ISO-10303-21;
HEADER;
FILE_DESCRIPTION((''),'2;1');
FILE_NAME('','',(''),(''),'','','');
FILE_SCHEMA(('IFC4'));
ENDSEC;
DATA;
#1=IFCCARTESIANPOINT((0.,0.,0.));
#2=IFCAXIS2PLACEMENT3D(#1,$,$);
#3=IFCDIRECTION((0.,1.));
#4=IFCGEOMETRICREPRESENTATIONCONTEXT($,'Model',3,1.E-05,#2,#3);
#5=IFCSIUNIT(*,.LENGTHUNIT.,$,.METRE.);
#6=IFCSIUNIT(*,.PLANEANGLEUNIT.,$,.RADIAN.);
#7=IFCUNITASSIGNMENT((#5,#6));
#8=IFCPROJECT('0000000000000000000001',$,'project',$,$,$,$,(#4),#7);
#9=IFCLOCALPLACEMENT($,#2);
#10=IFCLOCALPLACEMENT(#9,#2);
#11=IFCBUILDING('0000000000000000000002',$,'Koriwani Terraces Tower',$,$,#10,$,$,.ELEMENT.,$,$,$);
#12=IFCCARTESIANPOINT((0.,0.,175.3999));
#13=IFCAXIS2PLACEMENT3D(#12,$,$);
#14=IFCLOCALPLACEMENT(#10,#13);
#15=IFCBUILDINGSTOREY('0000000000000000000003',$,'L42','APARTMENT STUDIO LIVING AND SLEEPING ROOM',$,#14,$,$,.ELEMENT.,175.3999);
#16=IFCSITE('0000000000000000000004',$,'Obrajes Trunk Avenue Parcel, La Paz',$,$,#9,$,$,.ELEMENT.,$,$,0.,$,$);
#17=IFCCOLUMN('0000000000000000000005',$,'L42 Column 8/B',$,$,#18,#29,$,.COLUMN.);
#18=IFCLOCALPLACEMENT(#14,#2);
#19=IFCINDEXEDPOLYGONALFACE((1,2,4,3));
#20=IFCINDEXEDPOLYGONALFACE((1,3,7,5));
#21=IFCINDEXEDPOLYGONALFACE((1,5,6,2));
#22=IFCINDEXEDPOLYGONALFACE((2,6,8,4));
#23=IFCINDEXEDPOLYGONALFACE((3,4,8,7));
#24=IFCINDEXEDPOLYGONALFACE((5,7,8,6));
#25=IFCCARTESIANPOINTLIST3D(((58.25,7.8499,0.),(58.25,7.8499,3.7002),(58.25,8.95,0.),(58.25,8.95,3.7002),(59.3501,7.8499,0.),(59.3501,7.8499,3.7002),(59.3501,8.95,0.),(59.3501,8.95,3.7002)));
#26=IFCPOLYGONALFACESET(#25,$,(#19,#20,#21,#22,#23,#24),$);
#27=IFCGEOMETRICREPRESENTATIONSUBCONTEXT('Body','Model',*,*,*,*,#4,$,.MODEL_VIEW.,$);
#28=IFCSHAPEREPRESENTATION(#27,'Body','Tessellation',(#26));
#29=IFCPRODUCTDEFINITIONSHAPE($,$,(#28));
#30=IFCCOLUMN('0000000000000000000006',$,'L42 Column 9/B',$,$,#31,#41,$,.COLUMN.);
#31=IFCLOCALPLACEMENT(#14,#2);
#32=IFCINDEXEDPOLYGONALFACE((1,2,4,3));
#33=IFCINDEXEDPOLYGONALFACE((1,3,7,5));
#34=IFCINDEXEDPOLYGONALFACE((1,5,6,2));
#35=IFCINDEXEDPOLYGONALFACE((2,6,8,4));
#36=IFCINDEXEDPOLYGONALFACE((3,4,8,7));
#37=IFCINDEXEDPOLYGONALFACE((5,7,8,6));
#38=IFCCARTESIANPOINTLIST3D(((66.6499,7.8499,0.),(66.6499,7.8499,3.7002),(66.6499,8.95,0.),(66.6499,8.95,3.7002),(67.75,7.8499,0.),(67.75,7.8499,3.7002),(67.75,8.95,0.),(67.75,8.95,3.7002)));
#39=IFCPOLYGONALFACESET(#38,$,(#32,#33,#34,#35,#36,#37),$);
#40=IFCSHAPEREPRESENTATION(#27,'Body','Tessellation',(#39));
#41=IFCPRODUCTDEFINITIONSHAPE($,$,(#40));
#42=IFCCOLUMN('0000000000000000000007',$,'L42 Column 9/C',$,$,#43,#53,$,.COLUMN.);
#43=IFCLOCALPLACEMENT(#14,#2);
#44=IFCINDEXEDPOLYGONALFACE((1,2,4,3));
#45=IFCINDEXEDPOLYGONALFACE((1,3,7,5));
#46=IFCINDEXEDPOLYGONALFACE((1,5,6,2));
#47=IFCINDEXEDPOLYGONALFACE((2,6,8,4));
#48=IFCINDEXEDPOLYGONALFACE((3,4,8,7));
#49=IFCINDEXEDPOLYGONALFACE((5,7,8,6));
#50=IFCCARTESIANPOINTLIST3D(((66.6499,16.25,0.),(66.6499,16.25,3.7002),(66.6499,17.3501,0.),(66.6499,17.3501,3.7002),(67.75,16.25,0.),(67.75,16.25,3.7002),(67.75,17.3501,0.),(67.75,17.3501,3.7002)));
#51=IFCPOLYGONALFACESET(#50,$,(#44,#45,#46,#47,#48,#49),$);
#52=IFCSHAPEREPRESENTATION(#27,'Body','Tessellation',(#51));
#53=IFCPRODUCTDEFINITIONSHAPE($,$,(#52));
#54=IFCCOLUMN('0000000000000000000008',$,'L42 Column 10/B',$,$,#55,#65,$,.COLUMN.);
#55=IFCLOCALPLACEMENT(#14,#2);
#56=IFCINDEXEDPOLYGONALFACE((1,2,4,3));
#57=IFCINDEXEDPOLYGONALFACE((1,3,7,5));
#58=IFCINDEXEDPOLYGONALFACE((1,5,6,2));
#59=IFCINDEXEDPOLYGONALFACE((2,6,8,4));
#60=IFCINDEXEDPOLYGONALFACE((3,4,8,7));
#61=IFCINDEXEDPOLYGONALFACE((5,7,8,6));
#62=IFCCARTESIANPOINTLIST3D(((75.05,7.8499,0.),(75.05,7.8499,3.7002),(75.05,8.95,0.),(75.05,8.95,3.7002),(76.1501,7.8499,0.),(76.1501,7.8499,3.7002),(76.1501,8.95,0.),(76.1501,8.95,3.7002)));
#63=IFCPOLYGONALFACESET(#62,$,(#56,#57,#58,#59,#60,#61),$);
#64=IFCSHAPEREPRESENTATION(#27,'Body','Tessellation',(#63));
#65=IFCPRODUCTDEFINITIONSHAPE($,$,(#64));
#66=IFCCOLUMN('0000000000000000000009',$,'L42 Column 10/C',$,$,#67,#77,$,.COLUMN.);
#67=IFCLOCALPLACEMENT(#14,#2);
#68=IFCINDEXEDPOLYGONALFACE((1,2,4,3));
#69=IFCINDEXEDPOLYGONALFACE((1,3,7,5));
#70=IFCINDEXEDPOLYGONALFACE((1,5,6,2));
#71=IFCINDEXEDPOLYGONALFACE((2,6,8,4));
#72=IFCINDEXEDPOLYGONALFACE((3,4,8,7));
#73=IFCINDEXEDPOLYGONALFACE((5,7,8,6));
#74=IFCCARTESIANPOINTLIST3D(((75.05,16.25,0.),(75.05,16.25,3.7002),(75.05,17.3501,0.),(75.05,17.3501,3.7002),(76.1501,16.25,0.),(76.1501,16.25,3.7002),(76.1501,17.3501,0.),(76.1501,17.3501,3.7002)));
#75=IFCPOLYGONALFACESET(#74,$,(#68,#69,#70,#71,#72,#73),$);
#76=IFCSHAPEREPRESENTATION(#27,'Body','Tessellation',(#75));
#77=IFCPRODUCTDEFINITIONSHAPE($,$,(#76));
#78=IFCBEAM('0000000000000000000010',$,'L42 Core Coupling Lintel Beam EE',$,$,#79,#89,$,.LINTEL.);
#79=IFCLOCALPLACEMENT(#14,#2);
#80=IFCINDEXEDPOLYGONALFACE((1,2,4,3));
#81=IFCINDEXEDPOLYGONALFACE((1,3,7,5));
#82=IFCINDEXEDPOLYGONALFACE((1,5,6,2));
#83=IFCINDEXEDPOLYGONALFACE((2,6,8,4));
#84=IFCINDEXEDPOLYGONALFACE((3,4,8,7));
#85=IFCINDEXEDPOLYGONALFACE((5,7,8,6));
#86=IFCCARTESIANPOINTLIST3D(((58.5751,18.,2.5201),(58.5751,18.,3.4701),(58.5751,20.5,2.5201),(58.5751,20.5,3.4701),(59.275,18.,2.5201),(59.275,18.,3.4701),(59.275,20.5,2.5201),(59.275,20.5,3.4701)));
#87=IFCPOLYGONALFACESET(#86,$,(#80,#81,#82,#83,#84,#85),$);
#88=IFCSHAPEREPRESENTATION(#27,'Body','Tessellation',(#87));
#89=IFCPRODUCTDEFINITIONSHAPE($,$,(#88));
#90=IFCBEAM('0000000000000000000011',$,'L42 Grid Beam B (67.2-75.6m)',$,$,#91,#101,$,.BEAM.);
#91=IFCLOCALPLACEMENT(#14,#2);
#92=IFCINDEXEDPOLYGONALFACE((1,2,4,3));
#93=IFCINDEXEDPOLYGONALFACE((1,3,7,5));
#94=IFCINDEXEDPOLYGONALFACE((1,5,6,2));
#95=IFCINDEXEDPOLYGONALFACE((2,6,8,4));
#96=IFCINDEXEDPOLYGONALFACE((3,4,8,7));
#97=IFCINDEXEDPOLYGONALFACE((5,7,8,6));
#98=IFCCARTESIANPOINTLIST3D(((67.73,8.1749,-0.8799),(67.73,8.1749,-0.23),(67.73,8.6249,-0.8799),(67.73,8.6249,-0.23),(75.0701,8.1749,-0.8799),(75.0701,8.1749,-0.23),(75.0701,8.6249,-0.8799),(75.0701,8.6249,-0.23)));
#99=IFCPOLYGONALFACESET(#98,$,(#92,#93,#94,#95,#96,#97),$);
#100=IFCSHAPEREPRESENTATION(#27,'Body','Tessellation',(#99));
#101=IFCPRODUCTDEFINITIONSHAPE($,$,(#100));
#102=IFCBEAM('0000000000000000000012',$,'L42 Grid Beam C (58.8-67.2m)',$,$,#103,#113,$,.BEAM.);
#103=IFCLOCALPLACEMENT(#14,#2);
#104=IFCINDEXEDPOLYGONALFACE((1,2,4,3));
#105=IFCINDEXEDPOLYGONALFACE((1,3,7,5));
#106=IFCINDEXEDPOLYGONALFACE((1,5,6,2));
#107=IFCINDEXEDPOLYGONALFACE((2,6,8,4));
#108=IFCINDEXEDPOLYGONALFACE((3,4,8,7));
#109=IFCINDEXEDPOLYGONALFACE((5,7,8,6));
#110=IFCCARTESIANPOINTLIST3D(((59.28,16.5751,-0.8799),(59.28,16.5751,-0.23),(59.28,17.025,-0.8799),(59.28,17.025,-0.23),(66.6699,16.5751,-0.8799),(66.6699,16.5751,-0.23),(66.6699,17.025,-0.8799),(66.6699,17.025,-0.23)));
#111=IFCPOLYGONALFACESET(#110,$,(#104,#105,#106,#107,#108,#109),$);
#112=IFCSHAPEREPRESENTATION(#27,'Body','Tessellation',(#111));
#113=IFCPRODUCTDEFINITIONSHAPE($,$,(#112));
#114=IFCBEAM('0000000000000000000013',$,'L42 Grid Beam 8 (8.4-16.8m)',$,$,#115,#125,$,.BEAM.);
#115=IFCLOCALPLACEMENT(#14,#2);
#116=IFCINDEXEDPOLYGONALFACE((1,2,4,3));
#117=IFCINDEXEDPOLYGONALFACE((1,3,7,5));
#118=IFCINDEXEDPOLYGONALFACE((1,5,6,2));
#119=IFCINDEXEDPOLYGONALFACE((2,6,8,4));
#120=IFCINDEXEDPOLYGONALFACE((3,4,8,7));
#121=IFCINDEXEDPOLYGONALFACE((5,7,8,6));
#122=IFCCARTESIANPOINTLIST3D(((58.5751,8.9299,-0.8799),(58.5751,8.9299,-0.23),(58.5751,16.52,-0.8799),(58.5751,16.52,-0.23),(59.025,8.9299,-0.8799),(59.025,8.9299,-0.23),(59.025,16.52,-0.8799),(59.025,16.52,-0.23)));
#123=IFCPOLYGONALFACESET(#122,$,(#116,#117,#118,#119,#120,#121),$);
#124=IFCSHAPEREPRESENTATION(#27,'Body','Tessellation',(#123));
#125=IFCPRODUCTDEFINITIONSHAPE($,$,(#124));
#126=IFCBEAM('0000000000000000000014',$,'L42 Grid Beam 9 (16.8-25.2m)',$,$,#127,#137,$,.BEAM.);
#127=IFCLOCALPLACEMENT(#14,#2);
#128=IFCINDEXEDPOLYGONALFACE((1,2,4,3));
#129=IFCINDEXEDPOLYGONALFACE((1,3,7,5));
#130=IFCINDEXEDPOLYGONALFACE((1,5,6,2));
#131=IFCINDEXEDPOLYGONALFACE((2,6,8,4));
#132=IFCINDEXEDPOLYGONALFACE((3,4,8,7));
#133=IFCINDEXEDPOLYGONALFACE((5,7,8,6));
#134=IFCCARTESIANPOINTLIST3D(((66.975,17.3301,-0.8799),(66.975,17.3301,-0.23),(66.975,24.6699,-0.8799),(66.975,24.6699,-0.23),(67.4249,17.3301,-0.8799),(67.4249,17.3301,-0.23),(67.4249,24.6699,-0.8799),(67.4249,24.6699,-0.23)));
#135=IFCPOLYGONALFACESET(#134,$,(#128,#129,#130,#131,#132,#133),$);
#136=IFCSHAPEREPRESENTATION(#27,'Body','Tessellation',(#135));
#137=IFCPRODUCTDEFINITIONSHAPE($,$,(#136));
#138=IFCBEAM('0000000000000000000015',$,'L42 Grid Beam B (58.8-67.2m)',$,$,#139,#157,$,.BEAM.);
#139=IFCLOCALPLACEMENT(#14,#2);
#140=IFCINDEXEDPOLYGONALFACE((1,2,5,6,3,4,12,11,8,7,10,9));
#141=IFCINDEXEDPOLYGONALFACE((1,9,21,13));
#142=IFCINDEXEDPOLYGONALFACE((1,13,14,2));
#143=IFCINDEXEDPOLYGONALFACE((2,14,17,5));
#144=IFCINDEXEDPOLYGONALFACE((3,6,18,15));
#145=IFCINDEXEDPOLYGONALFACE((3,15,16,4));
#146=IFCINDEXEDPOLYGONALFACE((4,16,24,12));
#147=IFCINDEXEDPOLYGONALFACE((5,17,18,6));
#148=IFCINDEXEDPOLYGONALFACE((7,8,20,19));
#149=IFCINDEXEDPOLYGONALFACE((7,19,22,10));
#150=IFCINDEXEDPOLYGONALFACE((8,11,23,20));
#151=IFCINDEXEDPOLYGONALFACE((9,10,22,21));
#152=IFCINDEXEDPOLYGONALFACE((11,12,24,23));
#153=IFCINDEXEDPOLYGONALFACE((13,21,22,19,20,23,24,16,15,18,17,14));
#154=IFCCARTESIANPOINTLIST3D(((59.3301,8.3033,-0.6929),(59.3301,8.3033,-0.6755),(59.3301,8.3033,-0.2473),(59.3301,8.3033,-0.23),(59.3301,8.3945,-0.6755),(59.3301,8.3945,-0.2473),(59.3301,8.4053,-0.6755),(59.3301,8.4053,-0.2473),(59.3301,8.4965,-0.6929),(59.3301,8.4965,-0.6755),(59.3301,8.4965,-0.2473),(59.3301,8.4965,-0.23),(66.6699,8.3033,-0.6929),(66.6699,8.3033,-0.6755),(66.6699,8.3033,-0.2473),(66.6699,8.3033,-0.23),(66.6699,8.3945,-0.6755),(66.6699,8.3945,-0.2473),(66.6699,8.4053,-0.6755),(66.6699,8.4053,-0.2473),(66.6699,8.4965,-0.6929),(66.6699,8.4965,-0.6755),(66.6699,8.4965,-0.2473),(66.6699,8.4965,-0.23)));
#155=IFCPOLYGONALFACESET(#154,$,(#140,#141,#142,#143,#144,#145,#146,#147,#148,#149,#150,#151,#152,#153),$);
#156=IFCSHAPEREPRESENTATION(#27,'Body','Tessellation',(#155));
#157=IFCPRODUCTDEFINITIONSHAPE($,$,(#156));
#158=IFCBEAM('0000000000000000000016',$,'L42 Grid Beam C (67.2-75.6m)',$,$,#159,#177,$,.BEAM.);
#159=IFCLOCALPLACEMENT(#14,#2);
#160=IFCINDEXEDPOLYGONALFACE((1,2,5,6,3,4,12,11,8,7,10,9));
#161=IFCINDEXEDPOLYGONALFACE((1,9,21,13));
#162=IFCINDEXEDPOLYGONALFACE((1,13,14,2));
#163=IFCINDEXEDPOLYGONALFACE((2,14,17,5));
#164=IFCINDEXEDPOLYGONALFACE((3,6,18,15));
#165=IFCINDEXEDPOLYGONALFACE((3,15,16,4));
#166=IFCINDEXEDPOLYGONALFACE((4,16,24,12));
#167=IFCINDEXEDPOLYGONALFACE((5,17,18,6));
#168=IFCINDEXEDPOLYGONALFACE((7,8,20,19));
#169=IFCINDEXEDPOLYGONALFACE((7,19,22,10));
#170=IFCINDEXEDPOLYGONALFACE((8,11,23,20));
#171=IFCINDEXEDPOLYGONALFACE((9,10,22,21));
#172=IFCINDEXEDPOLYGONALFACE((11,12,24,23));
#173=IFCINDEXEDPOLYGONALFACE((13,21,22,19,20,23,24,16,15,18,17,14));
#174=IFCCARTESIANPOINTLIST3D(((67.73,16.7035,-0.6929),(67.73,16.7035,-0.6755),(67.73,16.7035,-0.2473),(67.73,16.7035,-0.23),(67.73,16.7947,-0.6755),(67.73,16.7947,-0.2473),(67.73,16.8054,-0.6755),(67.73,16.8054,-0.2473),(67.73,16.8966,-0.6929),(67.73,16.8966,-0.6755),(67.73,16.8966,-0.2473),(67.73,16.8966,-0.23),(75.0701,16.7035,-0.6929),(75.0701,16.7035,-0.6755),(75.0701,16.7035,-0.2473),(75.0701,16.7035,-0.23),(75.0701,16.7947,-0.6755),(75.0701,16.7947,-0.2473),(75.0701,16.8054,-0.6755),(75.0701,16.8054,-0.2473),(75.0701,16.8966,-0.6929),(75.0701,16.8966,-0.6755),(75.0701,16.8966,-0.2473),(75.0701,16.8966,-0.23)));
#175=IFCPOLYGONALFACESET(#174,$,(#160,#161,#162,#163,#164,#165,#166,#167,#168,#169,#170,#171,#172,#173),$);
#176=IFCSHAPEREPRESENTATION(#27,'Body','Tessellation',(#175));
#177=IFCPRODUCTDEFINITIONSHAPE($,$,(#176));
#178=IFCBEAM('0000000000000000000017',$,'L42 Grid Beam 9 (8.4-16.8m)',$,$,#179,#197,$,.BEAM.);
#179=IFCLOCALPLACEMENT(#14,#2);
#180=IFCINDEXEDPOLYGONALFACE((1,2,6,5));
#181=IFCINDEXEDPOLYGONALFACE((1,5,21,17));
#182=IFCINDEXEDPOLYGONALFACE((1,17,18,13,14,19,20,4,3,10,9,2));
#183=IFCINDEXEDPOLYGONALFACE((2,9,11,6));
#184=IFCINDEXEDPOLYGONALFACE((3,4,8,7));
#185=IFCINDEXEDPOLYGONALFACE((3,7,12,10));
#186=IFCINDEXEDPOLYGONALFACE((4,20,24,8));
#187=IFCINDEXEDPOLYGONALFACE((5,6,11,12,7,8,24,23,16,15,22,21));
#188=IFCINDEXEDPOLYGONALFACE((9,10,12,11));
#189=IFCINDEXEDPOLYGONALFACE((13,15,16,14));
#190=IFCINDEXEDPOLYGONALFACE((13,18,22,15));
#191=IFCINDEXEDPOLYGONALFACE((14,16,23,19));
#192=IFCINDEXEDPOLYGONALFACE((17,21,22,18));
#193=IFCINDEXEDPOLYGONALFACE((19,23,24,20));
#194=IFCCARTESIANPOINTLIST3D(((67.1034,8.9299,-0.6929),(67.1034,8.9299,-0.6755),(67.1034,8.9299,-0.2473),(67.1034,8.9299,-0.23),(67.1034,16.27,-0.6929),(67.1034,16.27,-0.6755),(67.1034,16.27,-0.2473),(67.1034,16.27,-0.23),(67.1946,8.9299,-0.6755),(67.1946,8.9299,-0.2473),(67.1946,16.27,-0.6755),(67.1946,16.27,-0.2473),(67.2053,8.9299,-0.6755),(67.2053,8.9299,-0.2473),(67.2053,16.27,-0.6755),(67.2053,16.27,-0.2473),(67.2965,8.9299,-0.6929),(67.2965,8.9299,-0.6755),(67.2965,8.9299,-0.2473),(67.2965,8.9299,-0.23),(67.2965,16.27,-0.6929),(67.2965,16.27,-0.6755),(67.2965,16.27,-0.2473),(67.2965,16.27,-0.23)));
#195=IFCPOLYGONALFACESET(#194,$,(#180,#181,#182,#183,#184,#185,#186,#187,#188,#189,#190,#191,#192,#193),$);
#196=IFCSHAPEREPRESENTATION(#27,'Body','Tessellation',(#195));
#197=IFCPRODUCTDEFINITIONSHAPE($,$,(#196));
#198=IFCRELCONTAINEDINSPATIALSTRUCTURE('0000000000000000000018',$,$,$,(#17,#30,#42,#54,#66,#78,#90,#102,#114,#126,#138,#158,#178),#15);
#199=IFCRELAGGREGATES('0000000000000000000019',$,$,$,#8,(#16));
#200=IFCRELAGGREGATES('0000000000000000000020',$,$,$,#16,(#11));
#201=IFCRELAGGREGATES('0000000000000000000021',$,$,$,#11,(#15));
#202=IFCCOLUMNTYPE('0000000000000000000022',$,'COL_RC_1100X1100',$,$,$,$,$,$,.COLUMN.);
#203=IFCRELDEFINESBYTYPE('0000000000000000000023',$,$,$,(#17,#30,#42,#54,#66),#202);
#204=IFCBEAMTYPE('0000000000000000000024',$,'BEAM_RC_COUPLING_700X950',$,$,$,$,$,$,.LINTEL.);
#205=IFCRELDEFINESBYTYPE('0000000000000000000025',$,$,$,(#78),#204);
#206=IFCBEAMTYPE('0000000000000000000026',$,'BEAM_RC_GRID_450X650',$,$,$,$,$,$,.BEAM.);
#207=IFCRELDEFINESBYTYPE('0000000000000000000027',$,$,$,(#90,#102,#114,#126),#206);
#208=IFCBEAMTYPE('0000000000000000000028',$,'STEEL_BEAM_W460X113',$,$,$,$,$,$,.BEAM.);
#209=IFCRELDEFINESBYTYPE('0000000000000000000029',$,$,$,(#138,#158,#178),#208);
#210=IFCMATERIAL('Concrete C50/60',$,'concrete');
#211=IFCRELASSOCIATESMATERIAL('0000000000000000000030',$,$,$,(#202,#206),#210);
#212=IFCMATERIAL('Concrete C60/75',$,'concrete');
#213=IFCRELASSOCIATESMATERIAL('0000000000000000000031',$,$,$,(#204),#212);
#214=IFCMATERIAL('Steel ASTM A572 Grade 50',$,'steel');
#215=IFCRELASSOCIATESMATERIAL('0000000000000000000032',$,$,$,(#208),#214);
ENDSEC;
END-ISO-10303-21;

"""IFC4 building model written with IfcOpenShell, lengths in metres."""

from ifc_helpers import new_model, si_unit, direction, frame, origin, origin_2d, place, context, subcontext, project, spatial, rectangle, i_section, extrude, material, material_profile, profile_set, type_object, element, save


model = new_model("IFC4")

# Units and contexts
model_context = context("Model", 3, precision=1e-05, world=origin(), true_north=direction((0.0, 1.0)))
body_context = subcontext(model_context, "Body", "Model", "MODEL_VIEW")
ifc_project = project(units=[si_unit("LENGTHUNIT", "METRE"), si_unit("PLANEANGLEUNIT", "RADIAN")], contexts=[model_context])

# Site, building, storey
site_placement = place(None, origin())
site = spatial("IfcSite", under=ifc_project, at=site_placement, Name="Obrajes Trunk Avenue Parcel, La Paz", CompositionType="ELEMENT", RefElevation=0.0)
building_placement = place(site_placement, origin())
building = spatial("IfcBuilding", under=site, at=building_placement, Name="Koriwani Terraces Tower", CompositionType="ELEMENT")
storey_placement = place(building_placement, frame((0.0, 0.0, 175.3999)))
storey = spatial("IfcBuildingStorey", under=building, at=storey_placement, Name="L42", Description="APARTMENT STUDIO LIVING AND SLEEPING ROOM", CompositionType="ELEMENT", Elevation=175.3999)

# Columns
ifc_material_1 = material(Name="Concrete C50/60", Category="concrete")
ifc_material_profile_1 = material_profile(ifc_material_1, rectangle(XDim=1.1001, YDim=1.1001, at=origin_2d()), Name="Concrete C50/60", Category="LoadBearing")
ifc_profile_set_1 = profile_set([ifc_material_profile_1], Name="Concrete C50/60")
column_type = type_object("IfcColumnType", Name="COL_RC_1100X1100", PredefinedType="COLUMN", material=ifc_profile_set_1)
for number, where, z_axis, x_axis, name in (
    (1, (58.8, 8.3999, 0.0), (0.0, 0.0, 1.0), (1.0, 0.0, 0.0), "L42 Column 8/B"),
    (2, (67.2, 8.3999, 0.0), (0.0, 0.0, 1.0), (1.0, 0.0, 0.0), "L42 Column 9/B"),
    (3, (67.2, 16.8, 0.0), (0.0, 0.0, 1.0), (1.0, 0.0, 0.0), "L42 Column 9/C"),
    (4, (75.6001, 8.3999, 0.0), (0.0, 0.0, 1.0), (1.0, 0.0, 0.0), "L42 Column 10/B"),
    (5, (75.6001, 16.8, 0.0), (0.0, 0.0, 1.0), (1.0, 0.0, 0.0), "L42 Column 10/C"),
):
    element("IfcColumn", number, at=place(storey_placement, frame(where, z_axis=z_axis, x_axis=x_axis)), inside=storey, type_object=column_type, Name=name, PredefinedType="COLUMN", context=body_context, shape_type="SweptSolid", body=[
        extrude(rectangle(XDim=1.1001, YDim=1.1001, at=origin_2d()), origin(), (0.0, 0.0, 1.0), 3.7002),
    ])

# Beams
ifc_material_2 = material(Name="Concrete C60/75", Category="concrete")
ifc_material_profile_2 = material_profile(ifc_material_2, rectangle(XDim=0.7, YDim=0.95, at=origin_2d()), Name="Concrete C60/75", Category="LoadBearing")
ifc_profile_set_2 = profile_set([ifc_material_profile_2], Name="Concrete C60/75")
beam_type_1 = type_object("IfcBeamType", Name="BEAM_RC_COUPLING_700X950", PredefinedType="LINTEL", material=ifc_profile_set_2)
beam_1_placement = place(storey_placement, frame((58.925, 18.0, 2.9951), z_axis=(0.0, 1.0, 0.0), x_axis=(-1.0, 0.0, 0.0)))
element("IfcBeam", 6, at=beam_1_placement, inside=storey, type_object=beam_type_1, Name="L42 Core Coupling Lintel Beam EE", PredefinedType="LINTEL", context=body_context, shape_type="SweptSolid", body=[
    extrude(rectangle(XDim=0.7, YDim=0.95, at=origin_2d()), origin(), (0.0, 0.0, 1.0), 2.5),
])
ifc_material_profile_3 = material_profile(ifc_material_1, rectangle(XDim=0.45, YDim=0.6499, at=origin_2d()), Name="Concrete C50/60", Category="LoadBearing")
ifc_profile_set_3 = profile_set([ifc_material_profile_3], Name="Concrete C50/60")
beam_type_2 = type_object("IfcBeamType", Name="BEAM_RC_GRID_450X650", PredefinedType="BEAM", material=ifc_profile_set_3)
beam_2_placement = place(storey_placement, frame((67.73, 8.3999, -0.5549), z_axis=(1.0, 0.0, 0.0), x_axis=(0.0, 1.0, 0.0)))
element("IfcBeam", 7, at=beam_2_placement, inside=storey, type_object=beam_type_2, Name="L42 Grid Beam B (67.2-75.6m)", PredefinedType="BEAM", context=body_context, shape_type="SweptSolid", body=[
    extrude(rectangle(XDim=0.45, YDim=0.6499, at=origin_2d()), origin(), (0.0, 0.0, 1.0), 7.3401),
])
beam_3_placement = place(storey_placement, frame((59.28, 16.8, -0.5549), z_axis=(1.0, 0.0, 0.0), x_axis=(0.0, 1.0, 0.0)))
element("IfcBeam", 8, at=beam_3_placement, inside=storey, type_object=beam_type_2, Name="L42 Grid Beam C (58.8-67.2m)", PredefinedType="BEAM", context=body_context, shape_type="SweptSolid", body=[
    extrude(rectangle(XDim=0.45, YDim=0.6499, at=origin_2d()), origin(), (0.0, 0.0, 1.0), 7.3899),
])
beam_4_placement = place(storey_placement, frame((58.8, 8.9299, -0.5549), z_axis=(0.0, 1.0, 0.0), x_axis=(-1.0, 0.0, 0.0)))
element("IfcBeam", 9, at=beam_4_placement, inside=storey, type_object=beam_type_2, Name="L42 Grid Beam 8 (8.4-16.8m)", PredefinedType="BEAM", context=body_context, shape_type="SweptSolid", body=[
    extrude(rectangle(XDim=0.45, YDim=0.6499, at=origin_2d()), origin(), (0.0, 0.0, 1.0), 7.5901),
])
beam_5_placement = place(storey_placement, frame((67.2, 17.3301, -0.5549), z_axis=(0.0, 1.0, 0.0), x_axis=(-1.0, 0.0, 0.0)))
element("IfcBeam", 10, at=beam_5_placement, inside=storey, type_object=beam_type_2, Name="L42 Grid Beam 9 (16.8-25.2m)", PredefinedType="BEAM", context=body_context, shape_type="SweptSolid", body=[
    extrude(rectangle(XDim=0.45, YDim=0.6499, at=origin_2d()), origin(), (0.0, 0.0, 1.0), 7.3398),
])
ifc_material_3 = material(Name="Steel ASTM A572 Grade 50", Category="steel")
ifc_material_profile_4 = material_profile(ifc_material_3, i_section(OverallWidth=0.1931, OverallDepth=0.4629, WebThickness=0.0107, FlangeThickness=0.0173, at=origin_2d()), Name="Steel ASTM A572 Grade 50", Category="LoadBearing")
ifc_profile_set_4 = profile_set([ifc_material_profile_4], Name="Steel ASTM A572 Grade 50")
beam_type_3 = type_object("IfcBeamType", Name="STEEL_BEAM_W460X113", PredefinedType="BEAM", material=ifc_profile_set_4)
beam_6_placement = place(storey_placement, frame((59.3301, 8.3999, -0.4614), z_axis=(1.0, 0.0, 0.0), x_axis=(0.0, 1.0, 0.0)))
element("IfcBeam", 11, at=beam_6_placement, inside=storey, type_object=beam_type_3, Name="L42 Grid Beam B (58.8-67.2m)", PredefinedType="BEAM", context=body_context, shape_type="SweptSolid", body=[
    extrude(i_section(OverallWidth=0.1931, OverallDepth=0.4629, WebThickness=0.0107, FlangeThickness=0.0173, at=origin_2d()), origin(), (0.0, 0.0, 1.0), 7.3398),
])
for number, where, z_axis, x_axis, name in (
    (12, (67.73, 16.8, -0.4614), (1.0, 0.0, 0.0), (0.0, 1.0, 0.0), "L42 Grid Beam C (67.2-75.6m)"),
    (13, (67.2, 8.9299, -0.4614), (0.0, 1.0, 0.0), (-1.0, 0.0, 0.0), "L42 Grid Beam 9 (8.4-16.8m)"),
):
    element("IfcBeam", number, at=place(storey_placement, frame(where, z_axis=z_axis, x_axis=x_axis)), inside=storey, type_object=beam_type_3, Name=name, PredefinedType="BEAM", context=body_context, shape_type="SweptSolid", body=[
        extrude(i_section(OverallWidth=0.1931, OverallDepth=0.4629, WebThickness=0.0107, FlangeThickness=0.0173, at=origin_2d()), origin(), (0.0, 0.0, 1.0), 7.3401),
    ])

save(model, "model.ifc")
